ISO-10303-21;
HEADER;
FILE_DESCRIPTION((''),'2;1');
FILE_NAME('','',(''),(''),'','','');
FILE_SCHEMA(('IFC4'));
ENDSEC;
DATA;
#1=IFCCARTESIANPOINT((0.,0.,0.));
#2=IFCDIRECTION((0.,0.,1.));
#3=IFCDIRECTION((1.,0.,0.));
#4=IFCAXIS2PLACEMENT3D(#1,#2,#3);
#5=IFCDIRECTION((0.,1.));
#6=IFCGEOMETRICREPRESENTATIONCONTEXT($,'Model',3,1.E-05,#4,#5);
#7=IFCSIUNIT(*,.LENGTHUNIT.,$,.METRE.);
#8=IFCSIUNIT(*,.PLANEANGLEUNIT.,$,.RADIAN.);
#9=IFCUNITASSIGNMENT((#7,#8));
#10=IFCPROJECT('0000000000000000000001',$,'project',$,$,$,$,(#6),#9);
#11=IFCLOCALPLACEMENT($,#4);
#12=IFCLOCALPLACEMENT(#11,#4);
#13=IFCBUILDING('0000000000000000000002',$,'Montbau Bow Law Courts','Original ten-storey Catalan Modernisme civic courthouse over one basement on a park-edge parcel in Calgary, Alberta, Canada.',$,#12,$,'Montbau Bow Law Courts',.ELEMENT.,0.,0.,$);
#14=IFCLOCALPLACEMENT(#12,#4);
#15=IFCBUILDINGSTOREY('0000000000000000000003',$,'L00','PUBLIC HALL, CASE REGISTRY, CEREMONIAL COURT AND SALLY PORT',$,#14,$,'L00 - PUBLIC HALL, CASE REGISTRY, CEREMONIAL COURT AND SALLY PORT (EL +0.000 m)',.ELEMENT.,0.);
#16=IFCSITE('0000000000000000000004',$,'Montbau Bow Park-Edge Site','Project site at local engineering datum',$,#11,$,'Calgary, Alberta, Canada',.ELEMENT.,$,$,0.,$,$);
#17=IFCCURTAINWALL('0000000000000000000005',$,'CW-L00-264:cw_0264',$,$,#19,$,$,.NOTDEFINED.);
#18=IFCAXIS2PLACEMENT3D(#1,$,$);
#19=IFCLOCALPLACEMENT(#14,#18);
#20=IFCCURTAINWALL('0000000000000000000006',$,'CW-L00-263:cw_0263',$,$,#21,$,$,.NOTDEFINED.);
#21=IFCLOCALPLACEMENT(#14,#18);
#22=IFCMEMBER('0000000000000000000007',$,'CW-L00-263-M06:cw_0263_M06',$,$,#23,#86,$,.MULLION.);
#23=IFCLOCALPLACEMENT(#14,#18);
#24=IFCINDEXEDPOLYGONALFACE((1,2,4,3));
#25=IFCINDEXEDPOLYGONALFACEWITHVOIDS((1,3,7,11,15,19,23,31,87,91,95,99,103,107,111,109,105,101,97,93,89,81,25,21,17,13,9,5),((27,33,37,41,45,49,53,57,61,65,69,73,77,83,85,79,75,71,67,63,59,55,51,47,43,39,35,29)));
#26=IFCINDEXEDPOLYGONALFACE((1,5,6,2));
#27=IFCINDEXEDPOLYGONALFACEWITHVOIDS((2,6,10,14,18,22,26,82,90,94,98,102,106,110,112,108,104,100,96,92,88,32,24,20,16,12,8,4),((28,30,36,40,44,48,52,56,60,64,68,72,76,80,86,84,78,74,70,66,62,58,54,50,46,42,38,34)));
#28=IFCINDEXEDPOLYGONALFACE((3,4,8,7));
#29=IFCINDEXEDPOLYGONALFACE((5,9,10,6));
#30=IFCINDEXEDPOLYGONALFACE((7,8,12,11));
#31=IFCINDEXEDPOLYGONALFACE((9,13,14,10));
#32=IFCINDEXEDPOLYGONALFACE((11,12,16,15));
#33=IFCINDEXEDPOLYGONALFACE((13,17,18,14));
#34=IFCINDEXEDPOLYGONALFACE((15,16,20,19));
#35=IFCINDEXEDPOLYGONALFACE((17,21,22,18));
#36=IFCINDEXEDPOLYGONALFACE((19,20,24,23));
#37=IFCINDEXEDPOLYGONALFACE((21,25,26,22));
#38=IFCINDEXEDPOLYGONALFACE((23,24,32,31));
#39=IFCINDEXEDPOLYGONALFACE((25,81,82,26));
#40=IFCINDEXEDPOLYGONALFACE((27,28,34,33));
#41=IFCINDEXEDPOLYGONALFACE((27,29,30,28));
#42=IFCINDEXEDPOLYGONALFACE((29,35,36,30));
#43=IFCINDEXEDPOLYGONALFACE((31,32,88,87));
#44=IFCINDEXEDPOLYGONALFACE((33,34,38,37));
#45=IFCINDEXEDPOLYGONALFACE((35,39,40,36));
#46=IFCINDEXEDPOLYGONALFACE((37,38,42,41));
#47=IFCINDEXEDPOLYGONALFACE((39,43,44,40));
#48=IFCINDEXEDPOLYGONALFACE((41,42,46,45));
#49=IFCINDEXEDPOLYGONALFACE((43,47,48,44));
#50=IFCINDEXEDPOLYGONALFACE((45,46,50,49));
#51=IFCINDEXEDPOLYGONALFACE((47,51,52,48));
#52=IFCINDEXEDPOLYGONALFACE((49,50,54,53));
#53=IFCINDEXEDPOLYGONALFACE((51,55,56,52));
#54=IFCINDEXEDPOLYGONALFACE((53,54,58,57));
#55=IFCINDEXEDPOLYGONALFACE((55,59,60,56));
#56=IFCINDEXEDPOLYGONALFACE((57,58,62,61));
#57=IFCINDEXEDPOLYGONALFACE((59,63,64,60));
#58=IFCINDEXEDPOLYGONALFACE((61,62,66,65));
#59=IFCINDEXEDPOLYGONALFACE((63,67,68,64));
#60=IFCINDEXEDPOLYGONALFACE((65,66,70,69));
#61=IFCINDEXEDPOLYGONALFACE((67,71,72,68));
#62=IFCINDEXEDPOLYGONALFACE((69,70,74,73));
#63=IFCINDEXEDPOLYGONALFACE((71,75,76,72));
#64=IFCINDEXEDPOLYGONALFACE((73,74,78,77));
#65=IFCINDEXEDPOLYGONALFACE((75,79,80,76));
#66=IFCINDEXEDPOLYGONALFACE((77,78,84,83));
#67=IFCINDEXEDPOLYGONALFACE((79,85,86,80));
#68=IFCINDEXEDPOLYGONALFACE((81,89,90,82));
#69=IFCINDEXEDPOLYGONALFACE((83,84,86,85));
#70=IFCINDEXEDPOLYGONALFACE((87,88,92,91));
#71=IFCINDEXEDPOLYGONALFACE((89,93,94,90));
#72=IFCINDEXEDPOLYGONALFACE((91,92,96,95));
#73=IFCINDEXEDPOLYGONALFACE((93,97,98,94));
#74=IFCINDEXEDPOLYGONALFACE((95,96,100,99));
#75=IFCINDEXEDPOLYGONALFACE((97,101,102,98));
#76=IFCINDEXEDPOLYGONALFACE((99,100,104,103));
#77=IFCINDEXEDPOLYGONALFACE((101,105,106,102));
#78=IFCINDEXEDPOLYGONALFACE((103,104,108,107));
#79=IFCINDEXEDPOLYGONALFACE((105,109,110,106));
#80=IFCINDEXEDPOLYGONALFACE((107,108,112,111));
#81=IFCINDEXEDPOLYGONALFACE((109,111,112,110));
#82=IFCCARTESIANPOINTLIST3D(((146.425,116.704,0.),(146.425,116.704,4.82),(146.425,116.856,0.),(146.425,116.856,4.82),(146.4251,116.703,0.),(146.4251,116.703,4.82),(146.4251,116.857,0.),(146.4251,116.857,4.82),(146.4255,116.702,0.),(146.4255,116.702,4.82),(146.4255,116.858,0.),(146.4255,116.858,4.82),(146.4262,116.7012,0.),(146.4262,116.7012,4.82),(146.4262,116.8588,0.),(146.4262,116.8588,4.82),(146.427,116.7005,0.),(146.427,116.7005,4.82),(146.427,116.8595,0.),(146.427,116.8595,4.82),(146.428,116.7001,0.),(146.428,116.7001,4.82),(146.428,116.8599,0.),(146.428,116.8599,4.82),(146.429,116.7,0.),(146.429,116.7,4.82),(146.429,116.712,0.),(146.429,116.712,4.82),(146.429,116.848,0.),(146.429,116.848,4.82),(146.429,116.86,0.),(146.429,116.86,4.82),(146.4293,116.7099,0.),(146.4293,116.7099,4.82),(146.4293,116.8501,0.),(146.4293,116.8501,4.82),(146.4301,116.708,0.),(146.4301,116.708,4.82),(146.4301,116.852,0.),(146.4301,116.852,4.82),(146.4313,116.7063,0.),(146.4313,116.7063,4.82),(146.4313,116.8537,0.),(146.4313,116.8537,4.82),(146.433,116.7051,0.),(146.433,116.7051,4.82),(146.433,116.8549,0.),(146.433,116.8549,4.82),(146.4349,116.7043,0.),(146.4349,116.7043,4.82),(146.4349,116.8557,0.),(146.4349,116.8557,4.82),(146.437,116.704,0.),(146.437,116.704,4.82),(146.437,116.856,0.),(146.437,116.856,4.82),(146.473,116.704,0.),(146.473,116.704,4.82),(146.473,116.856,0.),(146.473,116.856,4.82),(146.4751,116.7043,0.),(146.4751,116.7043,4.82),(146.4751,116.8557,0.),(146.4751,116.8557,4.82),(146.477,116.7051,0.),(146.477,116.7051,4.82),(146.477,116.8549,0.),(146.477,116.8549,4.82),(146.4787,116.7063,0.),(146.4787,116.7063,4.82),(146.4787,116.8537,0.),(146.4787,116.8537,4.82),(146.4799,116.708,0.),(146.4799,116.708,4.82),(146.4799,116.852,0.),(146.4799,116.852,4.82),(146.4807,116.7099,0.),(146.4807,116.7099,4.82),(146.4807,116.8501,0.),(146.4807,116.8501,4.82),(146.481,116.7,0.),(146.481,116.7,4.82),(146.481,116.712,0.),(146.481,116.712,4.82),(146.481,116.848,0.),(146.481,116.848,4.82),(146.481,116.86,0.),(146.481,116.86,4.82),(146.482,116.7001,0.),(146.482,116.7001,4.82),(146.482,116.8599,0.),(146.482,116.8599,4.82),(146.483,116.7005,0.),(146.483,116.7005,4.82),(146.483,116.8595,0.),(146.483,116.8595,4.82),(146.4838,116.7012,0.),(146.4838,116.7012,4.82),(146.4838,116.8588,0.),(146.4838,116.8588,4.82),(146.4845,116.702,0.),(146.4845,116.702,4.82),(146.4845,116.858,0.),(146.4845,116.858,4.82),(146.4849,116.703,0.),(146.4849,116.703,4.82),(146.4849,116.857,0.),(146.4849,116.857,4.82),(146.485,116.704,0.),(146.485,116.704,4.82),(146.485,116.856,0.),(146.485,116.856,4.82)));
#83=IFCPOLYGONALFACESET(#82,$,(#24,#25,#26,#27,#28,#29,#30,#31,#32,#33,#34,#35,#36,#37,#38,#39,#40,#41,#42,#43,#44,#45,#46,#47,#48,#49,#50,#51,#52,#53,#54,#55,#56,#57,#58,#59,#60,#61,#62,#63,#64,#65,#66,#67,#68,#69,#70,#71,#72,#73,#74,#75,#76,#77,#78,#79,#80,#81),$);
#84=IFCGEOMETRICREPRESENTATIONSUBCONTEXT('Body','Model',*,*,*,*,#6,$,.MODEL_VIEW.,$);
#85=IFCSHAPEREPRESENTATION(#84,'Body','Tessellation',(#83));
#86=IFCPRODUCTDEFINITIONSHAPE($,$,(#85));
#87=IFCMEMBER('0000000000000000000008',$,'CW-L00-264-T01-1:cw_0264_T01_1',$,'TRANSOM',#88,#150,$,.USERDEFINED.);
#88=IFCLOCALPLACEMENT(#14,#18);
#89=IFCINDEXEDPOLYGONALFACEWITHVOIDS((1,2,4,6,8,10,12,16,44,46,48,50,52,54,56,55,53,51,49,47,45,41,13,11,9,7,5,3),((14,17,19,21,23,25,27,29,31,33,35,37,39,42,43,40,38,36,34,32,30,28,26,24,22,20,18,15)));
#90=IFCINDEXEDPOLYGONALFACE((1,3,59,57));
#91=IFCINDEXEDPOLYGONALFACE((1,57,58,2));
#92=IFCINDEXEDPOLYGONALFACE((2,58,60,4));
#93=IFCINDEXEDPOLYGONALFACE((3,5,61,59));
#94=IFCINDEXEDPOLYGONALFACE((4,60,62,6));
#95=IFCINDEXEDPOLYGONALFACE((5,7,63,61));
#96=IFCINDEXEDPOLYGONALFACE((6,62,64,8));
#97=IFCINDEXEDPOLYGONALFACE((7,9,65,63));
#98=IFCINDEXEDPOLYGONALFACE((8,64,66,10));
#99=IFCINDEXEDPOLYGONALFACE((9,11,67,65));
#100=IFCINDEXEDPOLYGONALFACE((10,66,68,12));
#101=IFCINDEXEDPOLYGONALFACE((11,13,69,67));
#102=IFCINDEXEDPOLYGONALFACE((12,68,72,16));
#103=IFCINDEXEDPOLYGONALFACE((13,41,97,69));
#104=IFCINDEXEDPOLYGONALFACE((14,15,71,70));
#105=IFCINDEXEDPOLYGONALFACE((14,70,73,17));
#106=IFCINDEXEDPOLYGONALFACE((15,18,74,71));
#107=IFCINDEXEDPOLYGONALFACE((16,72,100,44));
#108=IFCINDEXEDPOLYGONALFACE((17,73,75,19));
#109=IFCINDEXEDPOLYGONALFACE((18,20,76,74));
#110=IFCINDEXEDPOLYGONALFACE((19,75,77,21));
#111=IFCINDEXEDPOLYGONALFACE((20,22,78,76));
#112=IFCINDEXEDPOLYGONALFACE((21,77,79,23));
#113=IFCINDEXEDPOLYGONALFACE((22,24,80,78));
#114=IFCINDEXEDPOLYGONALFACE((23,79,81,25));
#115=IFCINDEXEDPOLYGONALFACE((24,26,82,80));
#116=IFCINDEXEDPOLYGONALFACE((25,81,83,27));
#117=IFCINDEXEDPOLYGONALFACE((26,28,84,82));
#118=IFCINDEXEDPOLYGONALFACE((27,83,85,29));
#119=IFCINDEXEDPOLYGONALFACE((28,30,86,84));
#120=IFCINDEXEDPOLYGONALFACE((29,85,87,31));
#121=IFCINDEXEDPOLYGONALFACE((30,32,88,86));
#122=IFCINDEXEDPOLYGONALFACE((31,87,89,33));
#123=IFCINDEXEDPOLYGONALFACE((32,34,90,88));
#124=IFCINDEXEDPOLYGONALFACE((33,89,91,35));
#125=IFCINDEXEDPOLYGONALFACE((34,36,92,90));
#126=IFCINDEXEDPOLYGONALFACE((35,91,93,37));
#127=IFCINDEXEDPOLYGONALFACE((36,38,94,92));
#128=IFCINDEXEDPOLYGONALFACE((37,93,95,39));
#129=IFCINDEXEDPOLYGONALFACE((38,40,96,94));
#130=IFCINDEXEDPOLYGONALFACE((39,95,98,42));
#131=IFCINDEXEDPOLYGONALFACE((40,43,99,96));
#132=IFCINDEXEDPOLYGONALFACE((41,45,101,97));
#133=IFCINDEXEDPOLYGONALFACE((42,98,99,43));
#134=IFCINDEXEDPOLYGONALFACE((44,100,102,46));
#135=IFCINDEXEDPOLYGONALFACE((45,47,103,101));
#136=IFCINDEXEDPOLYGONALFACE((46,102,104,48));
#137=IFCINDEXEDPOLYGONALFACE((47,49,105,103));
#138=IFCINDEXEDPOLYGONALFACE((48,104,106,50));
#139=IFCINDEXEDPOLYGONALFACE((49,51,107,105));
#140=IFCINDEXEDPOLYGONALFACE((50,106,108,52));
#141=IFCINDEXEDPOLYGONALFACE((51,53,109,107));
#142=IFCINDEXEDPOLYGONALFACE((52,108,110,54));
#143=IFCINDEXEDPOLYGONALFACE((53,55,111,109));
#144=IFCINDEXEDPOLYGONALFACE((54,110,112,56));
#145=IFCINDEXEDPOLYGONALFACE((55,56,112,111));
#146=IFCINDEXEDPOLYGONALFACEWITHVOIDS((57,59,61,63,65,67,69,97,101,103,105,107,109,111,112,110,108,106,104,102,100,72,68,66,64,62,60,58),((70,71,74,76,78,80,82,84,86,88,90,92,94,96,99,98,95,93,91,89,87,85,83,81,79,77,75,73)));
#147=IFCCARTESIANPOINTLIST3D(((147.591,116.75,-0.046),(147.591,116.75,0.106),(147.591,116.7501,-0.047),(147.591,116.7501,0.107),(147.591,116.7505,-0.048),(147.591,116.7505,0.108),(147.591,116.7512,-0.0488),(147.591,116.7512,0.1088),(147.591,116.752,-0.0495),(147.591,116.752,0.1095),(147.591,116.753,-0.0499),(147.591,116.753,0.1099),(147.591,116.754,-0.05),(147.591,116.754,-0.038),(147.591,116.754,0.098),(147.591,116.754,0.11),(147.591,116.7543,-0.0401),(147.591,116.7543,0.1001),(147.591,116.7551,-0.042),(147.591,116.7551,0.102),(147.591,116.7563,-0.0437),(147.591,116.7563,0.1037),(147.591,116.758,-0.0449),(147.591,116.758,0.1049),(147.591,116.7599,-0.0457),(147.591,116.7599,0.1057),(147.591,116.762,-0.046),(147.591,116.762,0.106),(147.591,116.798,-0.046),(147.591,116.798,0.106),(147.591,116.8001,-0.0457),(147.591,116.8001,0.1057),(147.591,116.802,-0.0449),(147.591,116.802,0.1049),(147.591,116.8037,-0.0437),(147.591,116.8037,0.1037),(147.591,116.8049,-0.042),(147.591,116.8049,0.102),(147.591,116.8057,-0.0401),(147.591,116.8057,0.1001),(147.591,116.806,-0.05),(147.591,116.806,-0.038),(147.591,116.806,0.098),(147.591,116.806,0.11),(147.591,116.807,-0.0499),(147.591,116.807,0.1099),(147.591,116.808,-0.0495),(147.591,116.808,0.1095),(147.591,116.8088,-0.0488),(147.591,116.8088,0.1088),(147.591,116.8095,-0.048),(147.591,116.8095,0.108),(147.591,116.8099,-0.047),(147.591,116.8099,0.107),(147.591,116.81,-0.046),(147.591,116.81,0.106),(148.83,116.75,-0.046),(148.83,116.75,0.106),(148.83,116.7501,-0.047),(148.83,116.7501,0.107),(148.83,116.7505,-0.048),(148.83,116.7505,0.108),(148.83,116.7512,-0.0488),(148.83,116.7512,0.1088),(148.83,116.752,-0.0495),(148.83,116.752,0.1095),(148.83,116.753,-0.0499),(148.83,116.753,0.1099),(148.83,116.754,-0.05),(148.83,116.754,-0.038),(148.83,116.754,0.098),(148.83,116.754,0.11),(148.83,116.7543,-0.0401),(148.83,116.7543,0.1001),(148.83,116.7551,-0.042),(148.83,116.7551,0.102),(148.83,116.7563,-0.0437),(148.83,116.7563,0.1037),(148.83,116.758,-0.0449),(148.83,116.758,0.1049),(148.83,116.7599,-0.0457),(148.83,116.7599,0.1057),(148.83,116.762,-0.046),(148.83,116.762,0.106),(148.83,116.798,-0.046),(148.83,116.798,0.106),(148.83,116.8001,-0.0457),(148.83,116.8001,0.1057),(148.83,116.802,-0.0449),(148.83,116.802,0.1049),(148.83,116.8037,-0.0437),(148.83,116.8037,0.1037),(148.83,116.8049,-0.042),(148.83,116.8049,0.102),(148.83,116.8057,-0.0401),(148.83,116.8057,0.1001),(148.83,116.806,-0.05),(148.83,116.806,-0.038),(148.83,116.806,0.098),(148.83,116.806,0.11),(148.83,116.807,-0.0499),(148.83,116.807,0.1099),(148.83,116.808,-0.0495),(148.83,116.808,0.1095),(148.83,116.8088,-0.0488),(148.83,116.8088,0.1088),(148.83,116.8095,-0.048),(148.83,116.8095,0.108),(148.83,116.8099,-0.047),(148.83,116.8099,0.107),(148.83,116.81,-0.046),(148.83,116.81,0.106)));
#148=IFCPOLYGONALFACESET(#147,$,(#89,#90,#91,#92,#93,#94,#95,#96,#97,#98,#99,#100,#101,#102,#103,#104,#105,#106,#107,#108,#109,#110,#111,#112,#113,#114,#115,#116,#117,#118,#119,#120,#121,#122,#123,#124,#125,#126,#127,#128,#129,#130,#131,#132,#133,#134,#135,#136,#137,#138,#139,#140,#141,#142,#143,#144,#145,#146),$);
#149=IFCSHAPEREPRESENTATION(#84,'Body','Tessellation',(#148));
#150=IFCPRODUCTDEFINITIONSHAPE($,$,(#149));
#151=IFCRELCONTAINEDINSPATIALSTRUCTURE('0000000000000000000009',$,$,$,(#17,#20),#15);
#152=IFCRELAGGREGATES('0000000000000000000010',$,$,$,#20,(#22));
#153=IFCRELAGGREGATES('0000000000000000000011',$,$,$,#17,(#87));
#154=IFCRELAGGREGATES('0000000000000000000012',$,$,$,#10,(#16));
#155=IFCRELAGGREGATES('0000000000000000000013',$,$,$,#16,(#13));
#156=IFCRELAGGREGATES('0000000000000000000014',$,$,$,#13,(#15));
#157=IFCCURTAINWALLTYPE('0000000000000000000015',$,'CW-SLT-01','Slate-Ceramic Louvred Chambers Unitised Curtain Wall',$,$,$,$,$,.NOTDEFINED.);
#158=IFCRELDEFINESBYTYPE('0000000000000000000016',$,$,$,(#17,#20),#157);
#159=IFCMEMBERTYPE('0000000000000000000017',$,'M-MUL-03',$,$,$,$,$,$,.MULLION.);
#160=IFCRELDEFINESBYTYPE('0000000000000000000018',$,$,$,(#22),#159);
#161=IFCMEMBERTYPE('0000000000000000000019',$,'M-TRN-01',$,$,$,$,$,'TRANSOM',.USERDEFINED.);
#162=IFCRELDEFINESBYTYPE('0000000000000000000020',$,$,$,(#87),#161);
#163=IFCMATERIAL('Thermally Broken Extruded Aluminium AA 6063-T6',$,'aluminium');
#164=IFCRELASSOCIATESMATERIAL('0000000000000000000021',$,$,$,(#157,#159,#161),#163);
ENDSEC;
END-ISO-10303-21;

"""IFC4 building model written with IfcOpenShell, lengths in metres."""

from ifc_helpers import new_model, si_unit, direction, frame, origin_with_axes, origin_2d_with_axis, place, context, subcontext, project, spatial, hollow_rectangle, extrude, material, material_profile, profile_set, type_object, element, aggregate, save


model = new_model("IFC4")

# Units and contexts
model_context = context("Model", 3, precision=1e-05, world=origin_with_axes(), true_north=direction((0.0, 1.0)))
body_context = subcontext(model_context, "Body", "Model", "MODEL_VIEW")
ifc_project = project(units=[si_unit("LENGTHUNIT", "METRE"), si_unit("PLANEANGLEUNIT", "RADIAN")], contexts=[model_context])

# Site, building, storey
site_placement = place(None, origin_with_axes())
site = spatial("IfcSite", under=ifc_project, at=site_placement, Name="Montbau Bow Park-Edge Site", Description="Project site at local engineering datum", LongName="Calgary, Alberta, Canada", CompositionType="ELEMENT", RefElevation=0.0)
building_placement = place(site_placement, origin_with_axes())
building = spatial("IfcBuilding", under=site, at=building_placement, Name="Montbau Bow Law Courts", Description="Original ten-storey Catalan Modernisme civic courthouse over one basement on a park-edge parcel in Calgary, Alberta, Canada.", LongName="Montbau Bow Law Courts", CompositionType="ELEMENT", ElevationOfRefHeight=0.0, ElevationOfTerrain=0.0)
storey_placement = place(building_placement, origin_with_axes())
storey = spatial("IfcBuildingStorey", under=building, at=storey_placement, Name="L00", Description="PUBLIC HALL, CASE REGISTRY, CEREMONIAL COURT AND SALLY PORT", LongName="L00 - PUBLIC HALL, CASE REGISTRY, CEREMONIAL COURT AND SALLY PORT (EL +0.000 m)", CompositionType="ELEMENT", Elevation=0.0)

# Curtain wall
ifc_material_1 = material(Name="Thermally Broken Extruded Aluminium AA 6063-T6", Category="aluminium")
curtain_wall_type = type_object("IfcCurtainWallType", Name="CW-SLT-01", Description="Slate-Ceramic Louvred Chambers Unitised Curtain Wall", PredefinedType="NOTDEFINED", material=ifc_material_1)
curtain_wall_1_placement = place(None, frame((147.515, 116.78, 0.0), z_axis=(0.0, 0.0, 1.0), x_axis=(1.0, 0.0, 0.0)))
curtain_wall_1 = element("IfcCurtainWall", 1, at=curtain_wall_1_placement, inside=storey, type_object=curtain_wall_type, Name="CW-L00-264:cw_0264", PredefinedType="NOTDEFINED")

# Curtain wall, member
curtain_wall_2_placement = place(None, frame((139.115, 116.78, 0.0), z_axis=(0.0, 0.0, 1.0), x_axis=(1.0, 0.0, 0.0)))
curtain_wall_2 = element("IfcCurtainWall", 2, at=curtain_wall_2_placement, inside=storey, type_object=curtain_wall_type, Name="CW-L00-263:cw_0263", PredefinedType="NOTDEFINED")
ifc_material_profile_1 = material_profile(ifc_material_1, hollow_rectangle(XDim=0.06, YDim=0.16, WallThickness=0.004, InnerFilletRadius=0.008, OuterFilletRadius=0.004, at=origin_2d_with_axis()), Name="CWM-160X60", Category="Main", Priority=0)
ifc_profile_set_1 = profile_set([ifc_material_profile_1], Name="Thermally Broken Extruded Aluminium AA 6063-T6")
member_type_1 = type_object("IfcMemberType", Name="M-MUL-03", PredefinedType="MULLION", material=ifc_profile_set_1)
member_1_placement = place(None, frame((146.455, 116.78, 0.0), z_axis=(0.0, 0.0, 1.0), x_axis=(1.0, 0.0, 0.0)))
member_1 = element("IfcMember", 3, at=member_1_placement, type_object=member_type_1, Name="CW-L00-263-M06:cw_0263_M06", PredefinedType="MULLION", context=body_context, shape_type="SweptSolid", body=[
    extrude(hollow_rectangle(XDim=0.06, YDim=0.16, WallThickness=0.004, InnerFilletRadius=0.008, OuterFilletRadius=0.004, at=origin_2d_with_axis()), origin_with_axes(), (0.0, 0.0, 1.0), 4.82),
])
aggregate(curtain_wall_2, [member_1])

# Member
ifc_material_profile_2 = material_profile(ifc_material_1, hollow_rectangle(XDim=0.06, YDim=0.16, WallThickness=0.004, InnerFilletRadius=0.008, OuterFilletRadius=0.004, at=origin_2d_with_axis()), Name="CWT-160X60", Category="Main", Priority=0)
ifc_profile_set_2 = profile_set([ifc_material_profile_2], Name="Thermally Broken Extruded Aluminium AA 6063-T6")
member_type_2 = type_object("IfcMemberType", Name="M-TRN-01", ElementType="TRANSOM", PredefinedType="USERDEFINED", material=ifc_profile_set_2)
member_2_placement = place(None, frame((147.591, 116.78, 0.03), z_axis=(1.0, 0.0, 0.0), x_axis=(0.0, 1.0, 0.0)))
member_2 = element("IfcMember", 4, at=member_2_placement, type_object=member_type_2, Name="CW-L00-264-T01-1:cw_0264_T01_1", ObjectType="TRANSOM", PredefinedType="USERDEFINED", context=body_context, shape_type="SweptSolid", body=[
    extrude(hollow_rectangle(XDim=0.06, YDim=0.16, WallThickness=0.004, InnerFilletRadius=0.008, OuterFilletRadius=0.004, at=origin_2d_with_axis()), origin_with_axes(), (0.0, 0.0, 1.0), 1.239),
])

aggregate(curtain_wall_1, [member_2])

save(model, "model.ifc")
